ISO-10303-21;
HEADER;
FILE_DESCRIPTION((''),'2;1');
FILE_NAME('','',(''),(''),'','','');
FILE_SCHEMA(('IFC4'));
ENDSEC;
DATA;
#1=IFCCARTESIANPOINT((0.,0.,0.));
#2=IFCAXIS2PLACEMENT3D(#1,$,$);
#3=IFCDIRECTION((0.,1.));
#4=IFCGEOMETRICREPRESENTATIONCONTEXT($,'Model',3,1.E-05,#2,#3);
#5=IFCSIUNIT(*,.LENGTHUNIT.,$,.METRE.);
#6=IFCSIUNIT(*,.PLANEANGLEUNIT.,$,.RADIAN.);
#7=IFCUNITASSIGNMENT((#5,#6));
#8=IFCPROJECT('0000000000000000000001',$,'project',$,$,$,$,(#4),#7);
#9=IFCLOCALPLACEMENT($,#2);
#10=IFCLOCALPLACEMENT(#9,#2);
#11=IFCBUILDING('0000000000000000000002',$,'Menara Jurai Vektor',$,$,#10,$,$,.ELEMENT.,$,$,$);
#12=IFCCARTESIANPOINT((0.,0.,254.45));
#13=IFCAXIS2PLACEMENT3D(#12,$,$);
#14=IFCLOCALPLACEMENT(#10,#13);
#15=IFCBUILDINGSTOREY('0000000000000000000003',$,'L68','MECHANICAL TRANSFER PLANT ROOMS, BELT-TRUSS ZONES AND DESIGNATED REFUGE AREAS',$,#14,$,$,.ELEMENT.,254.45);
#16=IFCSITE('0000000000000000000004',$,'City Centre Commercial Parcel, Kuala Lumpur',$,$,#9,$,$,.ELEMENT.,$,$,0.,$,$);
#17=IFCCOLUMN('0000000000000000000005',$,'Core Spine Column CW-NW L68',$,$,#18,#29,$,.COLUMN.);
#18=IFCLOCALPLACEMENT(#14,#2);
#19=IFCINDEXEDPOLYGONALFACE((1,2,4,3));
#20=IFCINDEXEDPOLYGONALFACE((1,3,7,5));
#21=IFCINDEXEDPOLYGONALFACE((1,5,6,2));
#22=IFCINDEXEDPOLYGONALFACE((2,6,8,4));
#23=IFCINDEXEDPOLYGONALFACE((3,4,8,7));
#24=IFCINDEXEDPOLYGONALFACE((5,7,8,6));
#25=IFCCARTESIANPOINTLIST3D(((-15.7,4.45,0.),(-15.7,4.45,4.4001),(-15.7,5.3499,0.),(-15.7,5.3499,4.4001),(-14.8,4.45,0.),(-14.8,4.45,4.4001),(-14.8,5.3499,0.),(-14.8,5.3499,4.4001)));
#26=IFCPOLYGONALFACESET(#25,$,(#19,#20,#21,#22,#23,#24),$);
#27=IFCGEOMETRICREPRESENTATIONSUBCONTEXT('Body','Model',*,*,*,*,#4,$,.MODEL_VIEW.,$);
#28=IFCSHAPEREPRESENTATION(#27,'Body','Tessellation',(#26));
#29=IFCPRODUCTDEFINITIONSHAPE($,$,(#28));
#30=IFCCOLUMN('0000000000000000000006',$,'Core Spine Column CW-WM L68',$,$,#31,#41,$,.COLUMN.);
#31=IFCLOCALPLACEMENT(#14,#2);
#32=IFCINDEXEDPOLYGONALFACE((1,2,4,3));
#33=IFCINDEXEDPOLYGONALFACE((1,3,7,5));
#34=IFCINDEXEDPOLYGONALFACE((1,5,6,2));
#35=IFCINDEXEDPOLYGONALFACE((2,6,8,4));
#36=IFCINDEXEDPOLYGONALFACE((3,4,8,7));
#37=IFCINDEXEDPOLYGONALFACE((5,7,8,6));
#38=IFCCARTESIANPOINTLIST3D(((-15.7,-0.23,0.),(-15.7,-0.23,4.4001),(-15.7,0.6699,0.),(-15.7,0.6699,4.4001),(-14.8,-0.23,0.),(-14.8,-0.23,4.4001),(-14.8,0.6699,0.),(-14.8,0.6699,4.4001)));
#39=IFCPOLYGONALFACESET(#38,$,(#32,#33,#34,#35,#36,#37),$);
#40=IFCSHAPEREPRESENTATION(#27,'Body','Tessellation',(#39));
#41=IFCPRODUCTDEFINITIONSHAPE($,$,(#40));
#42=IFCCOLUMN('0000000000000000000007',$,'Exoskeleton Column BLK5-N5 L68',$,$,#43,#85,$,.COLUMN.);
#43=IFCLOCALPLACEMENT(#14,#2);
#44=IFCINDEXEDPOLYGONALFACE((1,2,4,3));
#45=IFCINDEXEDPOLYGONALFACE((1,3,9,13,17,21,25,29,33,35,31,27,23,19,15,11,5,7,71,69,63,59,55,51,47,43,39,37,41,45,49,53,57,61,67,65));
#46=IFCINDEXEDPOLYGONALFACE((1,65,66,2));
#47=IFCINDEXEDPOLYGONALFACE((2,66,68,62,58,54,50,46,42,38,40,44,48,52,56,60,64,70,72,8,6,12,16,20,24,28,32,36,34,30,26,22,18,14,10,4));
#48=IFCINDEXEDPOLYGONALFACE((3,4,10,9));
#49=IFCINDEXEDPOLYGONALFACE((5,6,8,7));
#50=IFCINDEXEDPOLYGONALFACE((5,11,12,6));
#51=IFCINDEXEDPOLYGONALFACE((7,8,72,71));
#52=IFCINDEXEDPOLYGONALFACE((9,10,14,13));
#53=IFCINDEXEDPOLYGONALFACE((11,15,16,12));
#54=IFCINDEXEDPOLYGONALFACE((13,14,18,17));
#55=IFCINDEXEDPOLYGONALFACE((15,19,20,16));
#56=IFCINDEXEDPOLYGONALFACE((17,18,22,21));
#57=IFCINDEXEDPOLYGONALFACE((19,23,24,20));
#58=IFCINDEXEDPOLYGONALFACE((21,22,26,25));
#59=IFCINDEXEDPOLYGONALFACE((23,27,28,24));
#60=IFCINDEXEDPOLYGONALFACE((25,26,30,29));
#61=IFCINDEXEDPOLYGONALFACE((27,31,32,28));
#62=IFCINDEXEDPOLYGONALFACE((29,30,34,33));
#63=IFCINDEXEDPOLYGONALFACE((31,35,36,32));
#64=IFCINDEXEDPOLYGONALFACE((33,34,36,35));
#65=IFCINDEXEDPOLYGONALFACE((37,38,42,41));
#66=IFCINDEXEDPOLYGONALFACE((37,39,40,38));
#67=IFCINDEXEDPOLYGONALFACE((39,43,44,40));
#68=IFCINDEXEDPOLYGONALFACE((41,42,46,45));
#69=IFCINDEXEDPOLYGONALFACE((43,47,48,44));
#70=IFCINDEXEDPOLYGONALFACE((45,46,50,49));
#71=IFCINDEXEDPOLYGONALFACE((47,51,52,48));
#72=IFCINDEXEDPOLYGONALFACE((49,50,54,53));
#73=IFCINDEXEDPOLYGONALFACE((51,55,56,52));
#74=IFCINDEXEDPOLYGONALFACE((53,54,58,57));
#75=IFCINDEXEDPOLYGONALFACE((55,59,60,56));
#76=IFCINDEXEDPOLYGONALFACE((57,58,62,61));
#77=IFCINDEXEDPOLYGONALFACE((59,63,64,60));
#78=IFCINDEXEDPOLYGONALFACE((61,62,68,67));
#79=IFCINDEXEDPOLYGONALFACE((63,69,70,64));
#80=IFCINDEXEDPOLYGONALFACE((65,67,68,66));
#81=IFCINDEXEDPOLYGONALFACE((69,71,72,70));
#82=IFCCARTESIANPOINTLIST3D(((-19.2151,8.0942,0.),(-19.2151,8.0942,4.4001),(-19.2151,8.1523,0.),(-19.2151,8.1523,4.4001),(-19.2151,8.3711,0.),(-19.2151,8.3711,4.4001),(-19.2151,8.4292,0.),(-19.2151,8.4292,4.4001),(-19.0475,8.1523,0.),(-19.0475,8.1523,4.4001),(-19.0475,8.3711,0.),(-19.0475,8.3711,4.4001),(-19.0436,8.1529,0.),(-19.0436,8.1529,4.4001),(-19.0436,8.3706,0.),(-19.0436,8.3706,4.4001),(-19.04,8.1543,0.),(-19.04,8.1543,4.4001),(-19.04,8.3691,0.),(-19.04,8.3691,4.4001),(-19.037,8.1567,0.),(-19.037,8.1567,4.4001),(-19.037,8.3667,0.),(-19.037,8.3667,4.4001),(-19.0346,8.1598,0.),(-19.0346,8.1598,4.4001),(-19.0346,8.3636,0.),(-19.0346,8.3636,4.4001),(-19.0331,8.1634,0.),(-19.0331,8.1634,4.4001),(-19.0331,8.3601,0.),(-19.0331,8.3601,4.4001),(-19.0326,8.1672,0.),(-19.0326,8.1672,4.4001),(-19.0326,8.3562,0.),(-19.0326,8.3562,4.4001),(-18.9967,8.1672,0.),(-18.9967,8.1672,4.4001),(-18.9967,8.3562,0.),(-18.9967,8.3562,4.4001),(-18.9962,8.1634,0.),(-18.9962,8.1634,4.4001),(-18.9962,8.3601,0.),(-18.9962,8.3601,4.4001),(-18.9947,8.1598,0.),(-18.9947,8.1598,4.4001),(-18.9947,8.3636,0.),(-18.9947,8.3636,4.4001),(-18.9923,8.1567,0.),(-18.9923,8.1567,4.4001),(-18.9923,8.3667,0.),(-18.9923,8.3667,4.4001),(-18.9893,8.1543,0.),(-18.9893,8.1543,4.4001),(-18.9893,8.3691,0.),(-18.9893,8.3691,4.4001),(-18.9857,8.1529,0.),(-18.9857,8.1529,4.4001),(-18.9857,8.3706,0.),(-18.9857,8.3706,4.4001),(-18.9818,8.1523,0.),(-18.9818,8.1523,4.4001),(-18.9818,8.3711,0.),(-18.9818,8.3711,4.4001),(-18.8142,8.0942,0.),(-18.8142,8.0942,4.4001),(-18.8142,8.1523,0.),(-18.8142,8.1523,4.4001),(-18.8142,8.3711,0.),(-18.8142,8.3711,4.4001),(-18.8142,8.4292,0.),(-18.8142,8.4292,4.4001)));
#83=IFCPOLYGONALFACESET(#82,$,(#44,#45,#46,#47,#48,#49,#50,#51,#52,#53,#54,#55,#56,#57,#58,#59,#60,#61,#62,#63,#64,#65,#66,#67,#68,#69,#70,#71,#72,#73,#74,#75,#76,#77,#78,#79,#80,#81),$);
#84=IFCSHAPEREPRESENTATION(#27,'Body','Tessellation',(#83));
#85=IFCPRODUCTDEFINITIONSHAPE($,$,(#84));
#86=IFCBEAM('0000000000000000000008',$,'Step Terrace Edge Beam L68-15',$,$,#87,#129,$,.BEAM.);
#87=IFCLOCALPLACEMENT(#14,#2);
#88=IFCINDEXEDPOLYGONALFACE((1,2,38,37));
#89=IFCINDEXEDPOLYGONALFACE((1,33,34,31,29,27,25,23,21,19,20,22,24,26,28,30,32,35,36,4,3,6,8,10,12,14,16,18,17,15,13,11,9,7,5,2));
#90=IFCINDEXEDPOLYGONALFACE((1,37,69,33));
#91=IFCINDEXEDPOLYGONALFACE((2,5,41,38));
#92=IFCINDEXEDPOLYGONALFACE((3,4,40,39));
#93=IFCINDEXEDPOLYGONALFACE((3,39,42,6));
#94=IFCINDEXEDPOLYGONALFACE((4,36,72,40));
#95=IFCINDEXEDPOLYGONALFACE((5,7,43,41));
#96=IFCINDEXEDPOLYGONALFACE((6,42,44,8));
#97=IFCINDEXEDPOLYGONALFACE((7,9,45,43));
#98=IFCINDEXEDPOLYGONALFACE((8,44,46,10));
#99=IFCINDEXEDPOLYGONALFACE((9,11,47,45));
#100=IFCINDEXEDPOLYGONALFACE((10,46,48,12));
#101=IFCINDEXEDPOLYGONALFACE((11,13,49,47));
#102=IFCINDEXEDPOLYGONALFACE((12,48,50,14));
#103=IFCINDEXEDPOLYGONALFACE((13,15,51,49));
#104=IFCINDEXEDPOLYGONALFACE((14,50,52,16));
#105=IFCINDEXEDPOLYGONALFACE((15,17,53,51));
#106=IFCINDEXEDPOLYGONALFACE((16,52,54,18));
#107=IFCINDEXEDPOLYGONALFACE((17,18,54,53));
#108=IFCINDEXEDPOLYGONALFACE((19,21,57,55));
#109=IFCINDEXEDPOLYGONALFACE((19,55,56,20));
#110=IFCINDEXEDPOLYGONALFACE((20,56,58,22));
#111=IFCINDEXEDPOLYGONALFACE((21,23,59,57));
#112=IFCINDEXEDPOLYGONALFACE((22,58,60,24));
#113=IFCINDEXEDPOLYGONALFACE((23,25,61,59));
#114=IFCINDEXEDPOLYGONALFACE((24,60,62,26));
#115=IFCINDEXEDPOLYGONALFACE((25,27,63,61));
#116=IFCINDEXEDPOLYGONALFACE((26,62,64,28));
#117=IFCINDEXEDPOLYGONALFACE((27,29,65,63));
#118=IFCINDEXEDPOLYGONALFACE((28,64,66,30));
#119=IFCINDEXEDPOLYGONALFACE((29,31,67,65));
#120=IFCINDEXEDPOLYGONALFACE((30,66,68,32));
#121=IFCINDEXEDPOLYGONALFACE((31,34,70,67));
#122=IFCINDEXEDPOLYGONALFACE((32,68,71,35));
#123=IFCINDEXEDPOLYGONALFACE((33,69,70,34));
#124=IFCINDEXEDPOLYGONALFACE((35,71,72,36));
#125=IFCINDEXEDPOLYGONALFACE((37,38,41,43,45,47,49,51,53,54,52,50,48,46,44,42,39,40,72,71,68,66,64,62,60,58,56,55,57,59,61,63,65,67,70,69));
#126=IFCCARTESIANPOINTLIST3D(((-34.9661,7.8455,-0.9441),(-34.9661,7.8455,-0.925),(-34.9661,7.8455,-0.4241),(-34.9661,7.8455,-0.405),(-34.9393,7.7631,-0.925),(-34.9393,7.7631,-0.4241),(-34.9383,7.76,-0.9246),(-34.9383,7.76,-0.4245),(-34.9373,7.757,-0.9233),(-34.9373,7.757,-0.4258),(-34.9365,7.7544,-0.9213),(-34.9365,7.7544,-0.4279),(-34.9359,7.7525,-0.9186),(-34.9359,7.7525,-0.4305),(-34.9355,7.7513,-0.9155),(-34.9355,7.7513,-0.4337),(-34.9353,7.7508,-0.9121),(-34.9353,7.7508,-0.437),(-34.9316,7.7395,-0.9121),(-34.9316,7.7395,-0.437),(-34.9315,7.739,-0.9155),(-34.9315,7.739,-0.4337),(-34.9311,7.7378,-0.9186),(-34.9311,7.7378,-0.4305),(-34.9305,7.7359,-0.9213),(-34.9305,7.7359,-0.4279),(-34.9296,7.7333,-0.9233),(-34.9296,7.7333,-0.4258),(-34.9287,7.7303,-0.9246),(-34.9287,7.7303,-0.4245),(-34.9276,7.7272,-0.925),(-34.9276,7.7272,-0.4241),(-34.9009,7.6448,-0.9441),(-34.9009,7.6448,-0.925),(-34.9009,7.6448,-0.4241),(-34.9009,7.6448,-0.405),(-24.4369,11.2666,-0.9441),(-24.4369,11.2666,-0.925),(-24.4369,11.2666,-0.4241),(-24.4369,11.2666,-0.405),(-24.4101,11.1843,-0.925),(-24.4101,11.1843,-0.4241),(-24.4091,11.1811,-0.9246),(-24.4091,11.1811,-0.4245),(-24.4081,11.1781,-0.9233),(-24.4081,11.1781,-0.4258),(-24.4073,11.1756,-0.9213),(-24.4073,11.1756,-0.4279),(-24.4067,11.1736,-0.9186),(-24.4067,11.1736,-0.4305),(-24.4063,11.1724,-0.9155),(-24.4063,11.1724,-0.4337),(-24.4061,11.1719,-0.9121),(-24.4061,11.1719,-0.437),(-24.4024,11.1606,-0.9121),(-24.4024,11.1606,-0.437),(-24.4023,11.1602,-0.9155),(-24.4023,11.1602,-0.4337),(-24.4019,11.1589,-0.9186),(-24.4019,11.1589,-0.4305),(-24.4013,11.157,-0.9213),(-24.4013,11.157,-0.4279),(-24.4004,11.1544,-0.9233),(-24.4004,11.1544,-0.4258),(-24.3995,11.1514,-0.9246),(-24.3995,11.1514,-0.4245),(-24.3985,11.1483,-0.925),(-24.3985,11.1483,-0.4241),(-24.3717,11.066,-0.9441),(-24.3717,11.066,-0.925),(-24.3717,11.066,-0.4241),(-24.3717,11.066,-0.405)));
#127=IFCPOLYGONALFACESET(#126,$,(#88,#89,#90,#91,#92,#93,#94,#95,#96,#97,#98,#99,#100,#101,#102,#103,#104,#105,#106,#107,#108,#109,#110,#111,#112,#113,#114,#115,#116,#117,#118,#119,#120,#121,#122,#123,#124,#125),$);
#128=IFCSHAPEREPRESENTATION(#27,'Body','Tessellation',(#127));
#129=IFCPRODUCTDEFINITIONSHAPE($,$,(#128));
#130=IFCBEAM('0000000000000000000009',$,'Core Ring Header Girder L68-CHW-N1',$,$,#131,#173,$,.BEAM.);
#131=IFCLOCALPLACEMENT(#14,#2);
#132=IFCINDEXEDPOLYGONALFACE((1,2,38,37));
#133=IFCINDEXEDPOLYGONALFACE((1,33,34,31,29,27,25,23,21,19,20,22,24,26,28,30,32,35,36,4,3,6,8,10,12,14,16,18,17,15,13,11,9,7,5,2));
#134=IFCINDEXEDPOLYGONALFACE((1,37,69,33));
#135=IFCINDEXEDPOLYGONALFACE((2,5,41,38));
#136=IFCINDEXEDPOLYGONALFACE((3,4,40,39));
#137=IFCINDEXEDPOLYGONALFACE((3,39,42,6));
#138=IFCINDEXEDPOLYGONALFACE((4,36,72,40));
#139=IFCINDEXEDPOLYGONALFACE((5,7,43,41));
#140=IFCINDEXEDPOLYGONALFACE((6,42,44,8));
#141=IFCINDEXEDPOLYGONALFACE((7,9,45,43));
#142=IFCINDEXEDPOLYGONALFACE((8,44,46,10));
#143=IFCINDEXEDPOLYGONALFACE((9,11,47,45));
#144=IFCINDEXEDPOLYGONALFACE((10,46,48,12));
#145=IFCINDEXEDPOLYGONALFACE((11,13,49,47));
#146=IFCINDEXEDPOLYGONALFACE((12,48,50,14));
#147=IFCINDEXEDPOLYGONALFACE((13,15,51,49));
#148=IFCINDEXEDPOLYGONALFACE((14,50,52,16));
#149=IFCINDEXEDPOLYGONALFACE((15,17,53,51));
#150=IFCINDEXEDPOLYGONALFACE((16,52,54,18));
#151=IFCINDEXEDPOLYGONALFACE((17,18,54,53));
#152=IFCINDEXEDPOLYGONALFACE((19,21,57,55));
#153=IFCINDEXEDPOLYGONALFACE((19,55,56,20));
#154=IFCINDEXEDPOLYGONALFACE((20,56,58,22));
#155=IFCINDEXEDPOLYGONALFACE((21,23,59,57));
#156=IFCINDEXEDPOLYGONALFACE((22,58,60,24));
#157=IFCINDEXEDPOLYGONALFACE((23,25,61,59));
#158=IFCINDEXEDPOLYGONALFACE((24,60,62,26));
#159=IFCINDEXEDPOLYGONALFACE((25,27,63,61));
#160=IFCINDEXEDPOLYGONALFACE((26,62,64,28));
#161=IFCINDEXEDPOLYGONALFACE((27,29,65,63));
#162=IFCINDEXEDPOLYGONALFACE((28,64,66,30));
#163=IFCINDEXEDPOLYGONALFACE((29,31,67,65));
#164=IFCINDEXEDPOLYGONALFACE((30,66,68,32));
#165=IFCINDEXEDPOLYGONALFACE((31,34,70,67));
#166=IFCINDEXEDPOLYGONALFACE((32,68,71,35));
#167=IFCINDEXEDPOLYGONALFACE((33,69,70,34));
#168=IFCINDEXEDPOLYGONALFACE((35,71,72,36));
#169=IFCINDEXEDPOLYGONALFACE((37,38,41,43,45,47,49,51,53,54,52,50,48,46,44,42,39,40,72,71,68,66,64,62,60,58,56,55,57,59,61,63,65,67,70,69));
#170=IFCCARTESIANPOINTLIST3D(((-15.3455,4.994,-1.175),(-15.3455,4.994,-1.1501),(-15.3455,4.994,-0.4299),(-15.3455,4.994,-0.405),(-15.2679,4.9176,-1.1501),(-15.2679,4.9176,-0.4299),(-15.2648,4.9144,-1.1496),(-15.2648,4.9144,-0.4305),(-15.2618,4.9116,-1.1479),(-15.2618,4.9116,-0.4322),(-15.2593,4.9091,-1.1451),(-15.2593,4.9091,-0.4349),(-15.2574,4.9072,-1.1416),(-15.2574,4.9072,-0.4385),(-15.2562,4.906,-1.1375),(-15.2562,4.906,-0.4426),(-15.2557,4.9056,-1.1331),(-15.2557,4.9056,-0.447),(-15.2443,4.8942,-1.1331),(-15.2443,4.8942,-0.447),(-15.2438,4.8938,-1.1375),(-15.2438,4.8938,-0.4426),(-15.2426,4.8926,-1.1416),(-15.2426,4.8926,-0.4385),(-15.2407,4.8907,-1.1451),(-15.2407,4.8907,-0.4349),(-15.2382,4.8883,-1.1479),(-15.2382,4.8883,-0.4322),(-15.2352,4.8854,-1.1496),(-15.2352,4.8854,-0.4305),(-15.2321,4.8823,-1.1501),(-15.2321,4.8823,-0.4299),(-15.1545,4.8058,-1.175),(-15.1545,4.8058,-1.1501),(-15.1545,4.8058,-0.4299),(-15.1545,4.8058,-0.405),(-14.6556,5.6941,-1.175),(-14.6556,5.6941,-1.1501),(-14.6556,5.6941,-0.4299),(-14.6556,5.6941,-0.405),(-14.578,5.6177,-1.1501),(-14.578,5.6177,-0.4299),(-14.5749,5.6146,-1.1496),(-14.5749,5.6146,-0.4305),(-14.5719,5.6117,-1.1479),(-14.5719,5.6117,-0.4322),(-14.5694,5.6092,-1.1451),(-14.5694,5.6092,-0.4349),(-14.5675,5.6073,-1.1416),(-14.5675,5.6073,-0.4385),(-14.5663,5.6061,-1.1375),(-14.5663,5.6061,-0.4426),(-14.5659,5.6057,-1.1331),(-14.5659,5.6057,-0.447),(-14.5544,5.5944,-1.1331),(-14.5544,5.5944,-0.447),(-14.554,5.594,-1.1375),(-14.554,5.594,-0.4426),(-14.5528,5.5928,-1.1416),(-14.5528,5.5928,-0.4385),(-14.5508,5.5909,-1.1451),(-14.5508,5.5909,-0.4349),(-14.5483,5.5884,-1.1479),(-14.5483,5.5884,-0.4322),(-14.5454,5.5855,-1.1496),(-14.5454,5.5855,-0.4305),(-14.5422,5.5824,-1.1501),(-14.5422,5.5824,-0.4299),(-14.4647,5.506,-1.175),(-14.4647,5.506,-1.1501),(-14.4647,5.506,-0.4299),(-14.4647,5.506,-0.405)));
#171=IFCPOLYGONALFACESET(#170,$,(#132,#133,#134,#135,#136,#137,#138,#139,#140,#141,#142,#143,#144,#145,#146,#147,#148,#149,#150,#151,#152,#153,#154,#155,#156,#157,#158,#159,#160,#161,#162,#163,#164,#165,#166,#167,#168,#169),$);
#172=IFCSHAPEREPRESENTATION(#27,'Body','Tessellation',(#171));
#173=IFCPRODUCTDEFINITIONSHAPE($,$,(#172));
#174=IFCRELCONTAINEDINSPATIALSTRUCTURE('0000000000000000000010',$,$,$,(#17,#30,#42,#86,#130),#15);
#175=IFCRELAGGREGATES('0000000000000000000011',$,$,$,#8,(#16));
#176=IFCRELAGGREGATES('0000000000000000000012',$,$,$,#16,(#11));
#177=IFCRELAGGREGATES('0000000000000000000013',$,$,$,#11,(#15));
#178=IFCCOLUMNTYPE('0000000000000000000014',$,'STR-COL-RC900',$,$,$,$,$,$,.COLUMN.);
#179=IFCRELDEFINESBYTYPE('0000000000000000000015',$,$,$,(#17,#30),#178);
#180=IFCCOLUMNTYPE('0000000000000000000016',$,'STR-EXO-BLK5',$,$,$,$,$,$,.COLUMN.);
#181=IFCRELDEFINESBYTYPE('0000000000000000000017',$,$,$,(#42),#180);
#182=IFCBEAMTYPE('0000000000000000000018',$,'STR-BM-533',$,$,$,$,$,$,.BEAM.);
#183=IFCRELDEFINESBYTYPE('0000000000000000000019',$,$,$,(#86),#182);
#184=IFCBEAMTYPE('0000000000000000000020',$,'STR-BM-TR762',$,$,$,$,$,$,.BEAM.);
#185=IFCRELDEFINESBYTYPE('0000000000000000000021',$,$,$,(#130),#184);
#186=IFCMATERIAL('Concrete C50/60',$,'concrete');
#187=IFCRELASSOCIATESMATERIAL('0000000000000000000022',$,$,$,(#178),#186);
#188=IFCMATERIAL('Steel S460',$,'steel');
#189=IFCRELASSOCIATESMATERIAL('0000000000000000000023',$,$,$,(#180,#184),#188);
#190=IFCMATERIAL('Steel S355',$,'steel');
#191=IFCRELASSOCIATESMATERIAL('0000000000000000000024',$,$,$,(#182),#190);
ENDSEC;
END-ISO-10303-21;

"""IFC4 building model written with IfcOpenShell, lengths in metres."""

from ifc_helpers import new_model, si_unit, direction, frame, origin, origin_2d, place, context, subcontext, project, spatial, rectangle, i_section, extrude, material, material_profile, profile_set, type_object, element, save


model = new_model("IFC4")

# Units and contexts
model_context = context("Model", 3, precision=1e-05, world=origin(), true_north=direction((0.0, 1.0)))
body_context = subcontext(model_context, "Body", "Model", "MODEL_VIEW")
ifc_project = project(units=[si_unit("LENGTHUNIT", "METRE"), si_unit("PLANEANGLEUNIT", "RADIAN")], contexts=[model_context])

# Site, building, storey
site_placement = place(None, origin())
site = spatial("IfcSite", under=ifc_project, at=site_placement, Name="City Centre Commercial Parcel, Kuala Lumpur", CompositionType="ELEMENT", RefElevation=0.0)
building_placement = place(site_placement, origin())
building = spatial("IfcBuilding", under=site, at=building_placement, Name="Menara Jurai Vektor", CompositionType="ELEMENT")
storey_placement = place(building_placement, frame((0.0, 0.0, 254.45)))
storey = spatial("IfcBuildingStorey", under=building, at=storey_placement, Name="L68", Description="MECHANICAL TRANSFER PLANT ROOMS, BELT-TRUSS ZONES AND DESIGNATED REFUGE AREAS", CompositionType="ELEMENT", Elevation=254.45)

# Columns
ifc_material_1 = material(Name="Concrete C50/60", Category="concrete")
ifc_material_profile_1 = material_profile(ifc_material_1, rectangle(XDim=0.8999, YDim=0.8999, at=origin_2d()), Name="RC 900x900")
ifc_profile_set_1 = profile_set([ifc_material_profile_1], Name="Concrete C50/60")
column_type_1 = type_object("IfcColumnType", Name="STR-COL-RC900", PredefinedType="COLUMN", material=ifc_profile_set_1)
for number, where, z_axis, x_axis, name in (
    (1, (-15.25, 4.8999, 0.0), (0.0, 0.0, 1.0), (1.0, 0.0, 0.0), "Core Spine Column CW-NW L68"),
    (2, (-15.25, 0.22, 0.0), (0.0, 0.0, 1.0), (1.0, 0.0, 0.0), "Core Spine Column CW-WM L68"),
):
    element("IfcColumn", number, at=place(storey_placement, frame(where, z_axis=z_axis, x_axis=x_axis)), inside=storey, type_object=column_type_1, Name=name, PredefinedType="COLUMN", context=body_context, shape_type="SweptSolid", body=[
        extrude(rectangle(XDim=0.8999, YDim=0.8999, at=origin_2d()), origin(), (0.0, 0.0, 1.0), 4.4001),
    ])
ifc_material_2 = material(Name="Steel S460", Category="steel")
ifc_material_profile_2 = material_profile(ifc_material_2, i_section(OverallWidth=0.4009, OverallDepth=0.335, WebThickness=0.0359, FlangeThickness=0.0581, FilletRadius=0.0149, at=origin_2d()), Name="HD 400x463")
ifc_profile_set_2 = profile_set([ifc_material_profile_2], Name="Steel S460")
column_type_2 = type_object("IfcColumnType", Name="STR-EXO-BLK5", PredefinedType="COLUMN", material=ifc_profile_set_2)
column_placement = place(storey_placement, frame((-19.0146, 8.2617, 0.0), z_axis=(0.0, 0.0, 1.0), x_axis=(1.0, 0.0, 0.0)))
element("IfcColumn", 3, at=column_placement, inside=storey, type_object=column_type_2, Name="Exoskeleton Column BLK5-N5 L68", PredefinedType="COLUMN", context=body_context, shape_type="SweptSolid", body=[
    extrude(i_section(OverallWidth=0.4009, OverallDepth=0.335, WebThickness=0.0359, FlangeThickness=0.0581, FilletRadius=0.0149, at=origin_2d()), origin(), (0.0, 0.0, 1.0), 4.4001),
])

# Beams
ifc_material_3 = material(Name="Steel S355", Category="steel")
ifc_material_profile_3 = material_profile(ifc_material_3, i_section(OverallWidth=0.2109, OverallDepth=0.5391, WebThickness=0.012, FlangeThickness=0.019, FilletRadius=0.0129, at=origin_2d()), Name="UKB 533x210x109")
ifc_profile_set_3 = profile_set([ifc_material_profile_3], Name="Steel S355")
beam_type_1 = type_object("IfcBeamType", Name="STR-BM-533", PredefinedType="BEAM", material=ifc_profile_set_3)
beam_1_placement = place(storey_placement, frame((-24.4043, 11.1663, -0.6746), z_axis=(-0.951057, -0.309014, 0.0), x_axis=(0.309014, -0.951057, 0.0)))
element("IfcBeam", 4, at=beam_1_placement, inside=storey, type_object=beam_type_1, Name="Step Terrace Edge Beam L68-15", PredefinedType="BEAM", context=body_context, shape_type="SweptSolid", body=[
    extrude(i_section(OverallWidth=0.2109, OverallDepth=0.5391, WebThickness=0.012, FlangeThickness=0.019, FilletRadius=0.0129, at=origin_2d()), origin(), (0.0, 0.0, 1.0), 11.071),
])
ifc_material_profile_4 = material_profile(ifc_material_2, i_section(OverallWidth=0.2681, OverallDepth=0.77, WebThickness=0.0161, FlangeThickness=0.0249, FilletRadius=0.0171, at=origin_2d()), Name="UKB 762x267x197")
ifc_profile_set_4 = profile_set([ifc_material_profile_4], Name="Steel S460")
beam_type_2 = type_object("IfcBeamType", Name="STR-BM-TR762", PredefinedType="BEAM", material=ifc_profile_set_4)
beam_2_placement = place(storey_placement, frame((-15.25, 4.8999, -0.79), z_axis=(0.701872, 0.712303, 0.0), x_axis=(-0.712303, 0.701872, 0.0)))
element("IfcBeam", 5, at=beam_2_placement, inside=storey, type_object=beam_type_2, Name="Core Ring Header Girder L68-CHW-N1", PredefinedType="BEAM", context=body_context, shape_type="SweptSolid", body=[
    extrude(i_section(OverallWidth=0.2681, OverallDepth=0.77, WebThickness=0.0161, FlangeThickness=0.0249, FilletRadius=0.0171, at=origin_2d()), origin(), (0.0, 0.0, 1.0), 0.9829),
])

save(model, "model.ifc")
